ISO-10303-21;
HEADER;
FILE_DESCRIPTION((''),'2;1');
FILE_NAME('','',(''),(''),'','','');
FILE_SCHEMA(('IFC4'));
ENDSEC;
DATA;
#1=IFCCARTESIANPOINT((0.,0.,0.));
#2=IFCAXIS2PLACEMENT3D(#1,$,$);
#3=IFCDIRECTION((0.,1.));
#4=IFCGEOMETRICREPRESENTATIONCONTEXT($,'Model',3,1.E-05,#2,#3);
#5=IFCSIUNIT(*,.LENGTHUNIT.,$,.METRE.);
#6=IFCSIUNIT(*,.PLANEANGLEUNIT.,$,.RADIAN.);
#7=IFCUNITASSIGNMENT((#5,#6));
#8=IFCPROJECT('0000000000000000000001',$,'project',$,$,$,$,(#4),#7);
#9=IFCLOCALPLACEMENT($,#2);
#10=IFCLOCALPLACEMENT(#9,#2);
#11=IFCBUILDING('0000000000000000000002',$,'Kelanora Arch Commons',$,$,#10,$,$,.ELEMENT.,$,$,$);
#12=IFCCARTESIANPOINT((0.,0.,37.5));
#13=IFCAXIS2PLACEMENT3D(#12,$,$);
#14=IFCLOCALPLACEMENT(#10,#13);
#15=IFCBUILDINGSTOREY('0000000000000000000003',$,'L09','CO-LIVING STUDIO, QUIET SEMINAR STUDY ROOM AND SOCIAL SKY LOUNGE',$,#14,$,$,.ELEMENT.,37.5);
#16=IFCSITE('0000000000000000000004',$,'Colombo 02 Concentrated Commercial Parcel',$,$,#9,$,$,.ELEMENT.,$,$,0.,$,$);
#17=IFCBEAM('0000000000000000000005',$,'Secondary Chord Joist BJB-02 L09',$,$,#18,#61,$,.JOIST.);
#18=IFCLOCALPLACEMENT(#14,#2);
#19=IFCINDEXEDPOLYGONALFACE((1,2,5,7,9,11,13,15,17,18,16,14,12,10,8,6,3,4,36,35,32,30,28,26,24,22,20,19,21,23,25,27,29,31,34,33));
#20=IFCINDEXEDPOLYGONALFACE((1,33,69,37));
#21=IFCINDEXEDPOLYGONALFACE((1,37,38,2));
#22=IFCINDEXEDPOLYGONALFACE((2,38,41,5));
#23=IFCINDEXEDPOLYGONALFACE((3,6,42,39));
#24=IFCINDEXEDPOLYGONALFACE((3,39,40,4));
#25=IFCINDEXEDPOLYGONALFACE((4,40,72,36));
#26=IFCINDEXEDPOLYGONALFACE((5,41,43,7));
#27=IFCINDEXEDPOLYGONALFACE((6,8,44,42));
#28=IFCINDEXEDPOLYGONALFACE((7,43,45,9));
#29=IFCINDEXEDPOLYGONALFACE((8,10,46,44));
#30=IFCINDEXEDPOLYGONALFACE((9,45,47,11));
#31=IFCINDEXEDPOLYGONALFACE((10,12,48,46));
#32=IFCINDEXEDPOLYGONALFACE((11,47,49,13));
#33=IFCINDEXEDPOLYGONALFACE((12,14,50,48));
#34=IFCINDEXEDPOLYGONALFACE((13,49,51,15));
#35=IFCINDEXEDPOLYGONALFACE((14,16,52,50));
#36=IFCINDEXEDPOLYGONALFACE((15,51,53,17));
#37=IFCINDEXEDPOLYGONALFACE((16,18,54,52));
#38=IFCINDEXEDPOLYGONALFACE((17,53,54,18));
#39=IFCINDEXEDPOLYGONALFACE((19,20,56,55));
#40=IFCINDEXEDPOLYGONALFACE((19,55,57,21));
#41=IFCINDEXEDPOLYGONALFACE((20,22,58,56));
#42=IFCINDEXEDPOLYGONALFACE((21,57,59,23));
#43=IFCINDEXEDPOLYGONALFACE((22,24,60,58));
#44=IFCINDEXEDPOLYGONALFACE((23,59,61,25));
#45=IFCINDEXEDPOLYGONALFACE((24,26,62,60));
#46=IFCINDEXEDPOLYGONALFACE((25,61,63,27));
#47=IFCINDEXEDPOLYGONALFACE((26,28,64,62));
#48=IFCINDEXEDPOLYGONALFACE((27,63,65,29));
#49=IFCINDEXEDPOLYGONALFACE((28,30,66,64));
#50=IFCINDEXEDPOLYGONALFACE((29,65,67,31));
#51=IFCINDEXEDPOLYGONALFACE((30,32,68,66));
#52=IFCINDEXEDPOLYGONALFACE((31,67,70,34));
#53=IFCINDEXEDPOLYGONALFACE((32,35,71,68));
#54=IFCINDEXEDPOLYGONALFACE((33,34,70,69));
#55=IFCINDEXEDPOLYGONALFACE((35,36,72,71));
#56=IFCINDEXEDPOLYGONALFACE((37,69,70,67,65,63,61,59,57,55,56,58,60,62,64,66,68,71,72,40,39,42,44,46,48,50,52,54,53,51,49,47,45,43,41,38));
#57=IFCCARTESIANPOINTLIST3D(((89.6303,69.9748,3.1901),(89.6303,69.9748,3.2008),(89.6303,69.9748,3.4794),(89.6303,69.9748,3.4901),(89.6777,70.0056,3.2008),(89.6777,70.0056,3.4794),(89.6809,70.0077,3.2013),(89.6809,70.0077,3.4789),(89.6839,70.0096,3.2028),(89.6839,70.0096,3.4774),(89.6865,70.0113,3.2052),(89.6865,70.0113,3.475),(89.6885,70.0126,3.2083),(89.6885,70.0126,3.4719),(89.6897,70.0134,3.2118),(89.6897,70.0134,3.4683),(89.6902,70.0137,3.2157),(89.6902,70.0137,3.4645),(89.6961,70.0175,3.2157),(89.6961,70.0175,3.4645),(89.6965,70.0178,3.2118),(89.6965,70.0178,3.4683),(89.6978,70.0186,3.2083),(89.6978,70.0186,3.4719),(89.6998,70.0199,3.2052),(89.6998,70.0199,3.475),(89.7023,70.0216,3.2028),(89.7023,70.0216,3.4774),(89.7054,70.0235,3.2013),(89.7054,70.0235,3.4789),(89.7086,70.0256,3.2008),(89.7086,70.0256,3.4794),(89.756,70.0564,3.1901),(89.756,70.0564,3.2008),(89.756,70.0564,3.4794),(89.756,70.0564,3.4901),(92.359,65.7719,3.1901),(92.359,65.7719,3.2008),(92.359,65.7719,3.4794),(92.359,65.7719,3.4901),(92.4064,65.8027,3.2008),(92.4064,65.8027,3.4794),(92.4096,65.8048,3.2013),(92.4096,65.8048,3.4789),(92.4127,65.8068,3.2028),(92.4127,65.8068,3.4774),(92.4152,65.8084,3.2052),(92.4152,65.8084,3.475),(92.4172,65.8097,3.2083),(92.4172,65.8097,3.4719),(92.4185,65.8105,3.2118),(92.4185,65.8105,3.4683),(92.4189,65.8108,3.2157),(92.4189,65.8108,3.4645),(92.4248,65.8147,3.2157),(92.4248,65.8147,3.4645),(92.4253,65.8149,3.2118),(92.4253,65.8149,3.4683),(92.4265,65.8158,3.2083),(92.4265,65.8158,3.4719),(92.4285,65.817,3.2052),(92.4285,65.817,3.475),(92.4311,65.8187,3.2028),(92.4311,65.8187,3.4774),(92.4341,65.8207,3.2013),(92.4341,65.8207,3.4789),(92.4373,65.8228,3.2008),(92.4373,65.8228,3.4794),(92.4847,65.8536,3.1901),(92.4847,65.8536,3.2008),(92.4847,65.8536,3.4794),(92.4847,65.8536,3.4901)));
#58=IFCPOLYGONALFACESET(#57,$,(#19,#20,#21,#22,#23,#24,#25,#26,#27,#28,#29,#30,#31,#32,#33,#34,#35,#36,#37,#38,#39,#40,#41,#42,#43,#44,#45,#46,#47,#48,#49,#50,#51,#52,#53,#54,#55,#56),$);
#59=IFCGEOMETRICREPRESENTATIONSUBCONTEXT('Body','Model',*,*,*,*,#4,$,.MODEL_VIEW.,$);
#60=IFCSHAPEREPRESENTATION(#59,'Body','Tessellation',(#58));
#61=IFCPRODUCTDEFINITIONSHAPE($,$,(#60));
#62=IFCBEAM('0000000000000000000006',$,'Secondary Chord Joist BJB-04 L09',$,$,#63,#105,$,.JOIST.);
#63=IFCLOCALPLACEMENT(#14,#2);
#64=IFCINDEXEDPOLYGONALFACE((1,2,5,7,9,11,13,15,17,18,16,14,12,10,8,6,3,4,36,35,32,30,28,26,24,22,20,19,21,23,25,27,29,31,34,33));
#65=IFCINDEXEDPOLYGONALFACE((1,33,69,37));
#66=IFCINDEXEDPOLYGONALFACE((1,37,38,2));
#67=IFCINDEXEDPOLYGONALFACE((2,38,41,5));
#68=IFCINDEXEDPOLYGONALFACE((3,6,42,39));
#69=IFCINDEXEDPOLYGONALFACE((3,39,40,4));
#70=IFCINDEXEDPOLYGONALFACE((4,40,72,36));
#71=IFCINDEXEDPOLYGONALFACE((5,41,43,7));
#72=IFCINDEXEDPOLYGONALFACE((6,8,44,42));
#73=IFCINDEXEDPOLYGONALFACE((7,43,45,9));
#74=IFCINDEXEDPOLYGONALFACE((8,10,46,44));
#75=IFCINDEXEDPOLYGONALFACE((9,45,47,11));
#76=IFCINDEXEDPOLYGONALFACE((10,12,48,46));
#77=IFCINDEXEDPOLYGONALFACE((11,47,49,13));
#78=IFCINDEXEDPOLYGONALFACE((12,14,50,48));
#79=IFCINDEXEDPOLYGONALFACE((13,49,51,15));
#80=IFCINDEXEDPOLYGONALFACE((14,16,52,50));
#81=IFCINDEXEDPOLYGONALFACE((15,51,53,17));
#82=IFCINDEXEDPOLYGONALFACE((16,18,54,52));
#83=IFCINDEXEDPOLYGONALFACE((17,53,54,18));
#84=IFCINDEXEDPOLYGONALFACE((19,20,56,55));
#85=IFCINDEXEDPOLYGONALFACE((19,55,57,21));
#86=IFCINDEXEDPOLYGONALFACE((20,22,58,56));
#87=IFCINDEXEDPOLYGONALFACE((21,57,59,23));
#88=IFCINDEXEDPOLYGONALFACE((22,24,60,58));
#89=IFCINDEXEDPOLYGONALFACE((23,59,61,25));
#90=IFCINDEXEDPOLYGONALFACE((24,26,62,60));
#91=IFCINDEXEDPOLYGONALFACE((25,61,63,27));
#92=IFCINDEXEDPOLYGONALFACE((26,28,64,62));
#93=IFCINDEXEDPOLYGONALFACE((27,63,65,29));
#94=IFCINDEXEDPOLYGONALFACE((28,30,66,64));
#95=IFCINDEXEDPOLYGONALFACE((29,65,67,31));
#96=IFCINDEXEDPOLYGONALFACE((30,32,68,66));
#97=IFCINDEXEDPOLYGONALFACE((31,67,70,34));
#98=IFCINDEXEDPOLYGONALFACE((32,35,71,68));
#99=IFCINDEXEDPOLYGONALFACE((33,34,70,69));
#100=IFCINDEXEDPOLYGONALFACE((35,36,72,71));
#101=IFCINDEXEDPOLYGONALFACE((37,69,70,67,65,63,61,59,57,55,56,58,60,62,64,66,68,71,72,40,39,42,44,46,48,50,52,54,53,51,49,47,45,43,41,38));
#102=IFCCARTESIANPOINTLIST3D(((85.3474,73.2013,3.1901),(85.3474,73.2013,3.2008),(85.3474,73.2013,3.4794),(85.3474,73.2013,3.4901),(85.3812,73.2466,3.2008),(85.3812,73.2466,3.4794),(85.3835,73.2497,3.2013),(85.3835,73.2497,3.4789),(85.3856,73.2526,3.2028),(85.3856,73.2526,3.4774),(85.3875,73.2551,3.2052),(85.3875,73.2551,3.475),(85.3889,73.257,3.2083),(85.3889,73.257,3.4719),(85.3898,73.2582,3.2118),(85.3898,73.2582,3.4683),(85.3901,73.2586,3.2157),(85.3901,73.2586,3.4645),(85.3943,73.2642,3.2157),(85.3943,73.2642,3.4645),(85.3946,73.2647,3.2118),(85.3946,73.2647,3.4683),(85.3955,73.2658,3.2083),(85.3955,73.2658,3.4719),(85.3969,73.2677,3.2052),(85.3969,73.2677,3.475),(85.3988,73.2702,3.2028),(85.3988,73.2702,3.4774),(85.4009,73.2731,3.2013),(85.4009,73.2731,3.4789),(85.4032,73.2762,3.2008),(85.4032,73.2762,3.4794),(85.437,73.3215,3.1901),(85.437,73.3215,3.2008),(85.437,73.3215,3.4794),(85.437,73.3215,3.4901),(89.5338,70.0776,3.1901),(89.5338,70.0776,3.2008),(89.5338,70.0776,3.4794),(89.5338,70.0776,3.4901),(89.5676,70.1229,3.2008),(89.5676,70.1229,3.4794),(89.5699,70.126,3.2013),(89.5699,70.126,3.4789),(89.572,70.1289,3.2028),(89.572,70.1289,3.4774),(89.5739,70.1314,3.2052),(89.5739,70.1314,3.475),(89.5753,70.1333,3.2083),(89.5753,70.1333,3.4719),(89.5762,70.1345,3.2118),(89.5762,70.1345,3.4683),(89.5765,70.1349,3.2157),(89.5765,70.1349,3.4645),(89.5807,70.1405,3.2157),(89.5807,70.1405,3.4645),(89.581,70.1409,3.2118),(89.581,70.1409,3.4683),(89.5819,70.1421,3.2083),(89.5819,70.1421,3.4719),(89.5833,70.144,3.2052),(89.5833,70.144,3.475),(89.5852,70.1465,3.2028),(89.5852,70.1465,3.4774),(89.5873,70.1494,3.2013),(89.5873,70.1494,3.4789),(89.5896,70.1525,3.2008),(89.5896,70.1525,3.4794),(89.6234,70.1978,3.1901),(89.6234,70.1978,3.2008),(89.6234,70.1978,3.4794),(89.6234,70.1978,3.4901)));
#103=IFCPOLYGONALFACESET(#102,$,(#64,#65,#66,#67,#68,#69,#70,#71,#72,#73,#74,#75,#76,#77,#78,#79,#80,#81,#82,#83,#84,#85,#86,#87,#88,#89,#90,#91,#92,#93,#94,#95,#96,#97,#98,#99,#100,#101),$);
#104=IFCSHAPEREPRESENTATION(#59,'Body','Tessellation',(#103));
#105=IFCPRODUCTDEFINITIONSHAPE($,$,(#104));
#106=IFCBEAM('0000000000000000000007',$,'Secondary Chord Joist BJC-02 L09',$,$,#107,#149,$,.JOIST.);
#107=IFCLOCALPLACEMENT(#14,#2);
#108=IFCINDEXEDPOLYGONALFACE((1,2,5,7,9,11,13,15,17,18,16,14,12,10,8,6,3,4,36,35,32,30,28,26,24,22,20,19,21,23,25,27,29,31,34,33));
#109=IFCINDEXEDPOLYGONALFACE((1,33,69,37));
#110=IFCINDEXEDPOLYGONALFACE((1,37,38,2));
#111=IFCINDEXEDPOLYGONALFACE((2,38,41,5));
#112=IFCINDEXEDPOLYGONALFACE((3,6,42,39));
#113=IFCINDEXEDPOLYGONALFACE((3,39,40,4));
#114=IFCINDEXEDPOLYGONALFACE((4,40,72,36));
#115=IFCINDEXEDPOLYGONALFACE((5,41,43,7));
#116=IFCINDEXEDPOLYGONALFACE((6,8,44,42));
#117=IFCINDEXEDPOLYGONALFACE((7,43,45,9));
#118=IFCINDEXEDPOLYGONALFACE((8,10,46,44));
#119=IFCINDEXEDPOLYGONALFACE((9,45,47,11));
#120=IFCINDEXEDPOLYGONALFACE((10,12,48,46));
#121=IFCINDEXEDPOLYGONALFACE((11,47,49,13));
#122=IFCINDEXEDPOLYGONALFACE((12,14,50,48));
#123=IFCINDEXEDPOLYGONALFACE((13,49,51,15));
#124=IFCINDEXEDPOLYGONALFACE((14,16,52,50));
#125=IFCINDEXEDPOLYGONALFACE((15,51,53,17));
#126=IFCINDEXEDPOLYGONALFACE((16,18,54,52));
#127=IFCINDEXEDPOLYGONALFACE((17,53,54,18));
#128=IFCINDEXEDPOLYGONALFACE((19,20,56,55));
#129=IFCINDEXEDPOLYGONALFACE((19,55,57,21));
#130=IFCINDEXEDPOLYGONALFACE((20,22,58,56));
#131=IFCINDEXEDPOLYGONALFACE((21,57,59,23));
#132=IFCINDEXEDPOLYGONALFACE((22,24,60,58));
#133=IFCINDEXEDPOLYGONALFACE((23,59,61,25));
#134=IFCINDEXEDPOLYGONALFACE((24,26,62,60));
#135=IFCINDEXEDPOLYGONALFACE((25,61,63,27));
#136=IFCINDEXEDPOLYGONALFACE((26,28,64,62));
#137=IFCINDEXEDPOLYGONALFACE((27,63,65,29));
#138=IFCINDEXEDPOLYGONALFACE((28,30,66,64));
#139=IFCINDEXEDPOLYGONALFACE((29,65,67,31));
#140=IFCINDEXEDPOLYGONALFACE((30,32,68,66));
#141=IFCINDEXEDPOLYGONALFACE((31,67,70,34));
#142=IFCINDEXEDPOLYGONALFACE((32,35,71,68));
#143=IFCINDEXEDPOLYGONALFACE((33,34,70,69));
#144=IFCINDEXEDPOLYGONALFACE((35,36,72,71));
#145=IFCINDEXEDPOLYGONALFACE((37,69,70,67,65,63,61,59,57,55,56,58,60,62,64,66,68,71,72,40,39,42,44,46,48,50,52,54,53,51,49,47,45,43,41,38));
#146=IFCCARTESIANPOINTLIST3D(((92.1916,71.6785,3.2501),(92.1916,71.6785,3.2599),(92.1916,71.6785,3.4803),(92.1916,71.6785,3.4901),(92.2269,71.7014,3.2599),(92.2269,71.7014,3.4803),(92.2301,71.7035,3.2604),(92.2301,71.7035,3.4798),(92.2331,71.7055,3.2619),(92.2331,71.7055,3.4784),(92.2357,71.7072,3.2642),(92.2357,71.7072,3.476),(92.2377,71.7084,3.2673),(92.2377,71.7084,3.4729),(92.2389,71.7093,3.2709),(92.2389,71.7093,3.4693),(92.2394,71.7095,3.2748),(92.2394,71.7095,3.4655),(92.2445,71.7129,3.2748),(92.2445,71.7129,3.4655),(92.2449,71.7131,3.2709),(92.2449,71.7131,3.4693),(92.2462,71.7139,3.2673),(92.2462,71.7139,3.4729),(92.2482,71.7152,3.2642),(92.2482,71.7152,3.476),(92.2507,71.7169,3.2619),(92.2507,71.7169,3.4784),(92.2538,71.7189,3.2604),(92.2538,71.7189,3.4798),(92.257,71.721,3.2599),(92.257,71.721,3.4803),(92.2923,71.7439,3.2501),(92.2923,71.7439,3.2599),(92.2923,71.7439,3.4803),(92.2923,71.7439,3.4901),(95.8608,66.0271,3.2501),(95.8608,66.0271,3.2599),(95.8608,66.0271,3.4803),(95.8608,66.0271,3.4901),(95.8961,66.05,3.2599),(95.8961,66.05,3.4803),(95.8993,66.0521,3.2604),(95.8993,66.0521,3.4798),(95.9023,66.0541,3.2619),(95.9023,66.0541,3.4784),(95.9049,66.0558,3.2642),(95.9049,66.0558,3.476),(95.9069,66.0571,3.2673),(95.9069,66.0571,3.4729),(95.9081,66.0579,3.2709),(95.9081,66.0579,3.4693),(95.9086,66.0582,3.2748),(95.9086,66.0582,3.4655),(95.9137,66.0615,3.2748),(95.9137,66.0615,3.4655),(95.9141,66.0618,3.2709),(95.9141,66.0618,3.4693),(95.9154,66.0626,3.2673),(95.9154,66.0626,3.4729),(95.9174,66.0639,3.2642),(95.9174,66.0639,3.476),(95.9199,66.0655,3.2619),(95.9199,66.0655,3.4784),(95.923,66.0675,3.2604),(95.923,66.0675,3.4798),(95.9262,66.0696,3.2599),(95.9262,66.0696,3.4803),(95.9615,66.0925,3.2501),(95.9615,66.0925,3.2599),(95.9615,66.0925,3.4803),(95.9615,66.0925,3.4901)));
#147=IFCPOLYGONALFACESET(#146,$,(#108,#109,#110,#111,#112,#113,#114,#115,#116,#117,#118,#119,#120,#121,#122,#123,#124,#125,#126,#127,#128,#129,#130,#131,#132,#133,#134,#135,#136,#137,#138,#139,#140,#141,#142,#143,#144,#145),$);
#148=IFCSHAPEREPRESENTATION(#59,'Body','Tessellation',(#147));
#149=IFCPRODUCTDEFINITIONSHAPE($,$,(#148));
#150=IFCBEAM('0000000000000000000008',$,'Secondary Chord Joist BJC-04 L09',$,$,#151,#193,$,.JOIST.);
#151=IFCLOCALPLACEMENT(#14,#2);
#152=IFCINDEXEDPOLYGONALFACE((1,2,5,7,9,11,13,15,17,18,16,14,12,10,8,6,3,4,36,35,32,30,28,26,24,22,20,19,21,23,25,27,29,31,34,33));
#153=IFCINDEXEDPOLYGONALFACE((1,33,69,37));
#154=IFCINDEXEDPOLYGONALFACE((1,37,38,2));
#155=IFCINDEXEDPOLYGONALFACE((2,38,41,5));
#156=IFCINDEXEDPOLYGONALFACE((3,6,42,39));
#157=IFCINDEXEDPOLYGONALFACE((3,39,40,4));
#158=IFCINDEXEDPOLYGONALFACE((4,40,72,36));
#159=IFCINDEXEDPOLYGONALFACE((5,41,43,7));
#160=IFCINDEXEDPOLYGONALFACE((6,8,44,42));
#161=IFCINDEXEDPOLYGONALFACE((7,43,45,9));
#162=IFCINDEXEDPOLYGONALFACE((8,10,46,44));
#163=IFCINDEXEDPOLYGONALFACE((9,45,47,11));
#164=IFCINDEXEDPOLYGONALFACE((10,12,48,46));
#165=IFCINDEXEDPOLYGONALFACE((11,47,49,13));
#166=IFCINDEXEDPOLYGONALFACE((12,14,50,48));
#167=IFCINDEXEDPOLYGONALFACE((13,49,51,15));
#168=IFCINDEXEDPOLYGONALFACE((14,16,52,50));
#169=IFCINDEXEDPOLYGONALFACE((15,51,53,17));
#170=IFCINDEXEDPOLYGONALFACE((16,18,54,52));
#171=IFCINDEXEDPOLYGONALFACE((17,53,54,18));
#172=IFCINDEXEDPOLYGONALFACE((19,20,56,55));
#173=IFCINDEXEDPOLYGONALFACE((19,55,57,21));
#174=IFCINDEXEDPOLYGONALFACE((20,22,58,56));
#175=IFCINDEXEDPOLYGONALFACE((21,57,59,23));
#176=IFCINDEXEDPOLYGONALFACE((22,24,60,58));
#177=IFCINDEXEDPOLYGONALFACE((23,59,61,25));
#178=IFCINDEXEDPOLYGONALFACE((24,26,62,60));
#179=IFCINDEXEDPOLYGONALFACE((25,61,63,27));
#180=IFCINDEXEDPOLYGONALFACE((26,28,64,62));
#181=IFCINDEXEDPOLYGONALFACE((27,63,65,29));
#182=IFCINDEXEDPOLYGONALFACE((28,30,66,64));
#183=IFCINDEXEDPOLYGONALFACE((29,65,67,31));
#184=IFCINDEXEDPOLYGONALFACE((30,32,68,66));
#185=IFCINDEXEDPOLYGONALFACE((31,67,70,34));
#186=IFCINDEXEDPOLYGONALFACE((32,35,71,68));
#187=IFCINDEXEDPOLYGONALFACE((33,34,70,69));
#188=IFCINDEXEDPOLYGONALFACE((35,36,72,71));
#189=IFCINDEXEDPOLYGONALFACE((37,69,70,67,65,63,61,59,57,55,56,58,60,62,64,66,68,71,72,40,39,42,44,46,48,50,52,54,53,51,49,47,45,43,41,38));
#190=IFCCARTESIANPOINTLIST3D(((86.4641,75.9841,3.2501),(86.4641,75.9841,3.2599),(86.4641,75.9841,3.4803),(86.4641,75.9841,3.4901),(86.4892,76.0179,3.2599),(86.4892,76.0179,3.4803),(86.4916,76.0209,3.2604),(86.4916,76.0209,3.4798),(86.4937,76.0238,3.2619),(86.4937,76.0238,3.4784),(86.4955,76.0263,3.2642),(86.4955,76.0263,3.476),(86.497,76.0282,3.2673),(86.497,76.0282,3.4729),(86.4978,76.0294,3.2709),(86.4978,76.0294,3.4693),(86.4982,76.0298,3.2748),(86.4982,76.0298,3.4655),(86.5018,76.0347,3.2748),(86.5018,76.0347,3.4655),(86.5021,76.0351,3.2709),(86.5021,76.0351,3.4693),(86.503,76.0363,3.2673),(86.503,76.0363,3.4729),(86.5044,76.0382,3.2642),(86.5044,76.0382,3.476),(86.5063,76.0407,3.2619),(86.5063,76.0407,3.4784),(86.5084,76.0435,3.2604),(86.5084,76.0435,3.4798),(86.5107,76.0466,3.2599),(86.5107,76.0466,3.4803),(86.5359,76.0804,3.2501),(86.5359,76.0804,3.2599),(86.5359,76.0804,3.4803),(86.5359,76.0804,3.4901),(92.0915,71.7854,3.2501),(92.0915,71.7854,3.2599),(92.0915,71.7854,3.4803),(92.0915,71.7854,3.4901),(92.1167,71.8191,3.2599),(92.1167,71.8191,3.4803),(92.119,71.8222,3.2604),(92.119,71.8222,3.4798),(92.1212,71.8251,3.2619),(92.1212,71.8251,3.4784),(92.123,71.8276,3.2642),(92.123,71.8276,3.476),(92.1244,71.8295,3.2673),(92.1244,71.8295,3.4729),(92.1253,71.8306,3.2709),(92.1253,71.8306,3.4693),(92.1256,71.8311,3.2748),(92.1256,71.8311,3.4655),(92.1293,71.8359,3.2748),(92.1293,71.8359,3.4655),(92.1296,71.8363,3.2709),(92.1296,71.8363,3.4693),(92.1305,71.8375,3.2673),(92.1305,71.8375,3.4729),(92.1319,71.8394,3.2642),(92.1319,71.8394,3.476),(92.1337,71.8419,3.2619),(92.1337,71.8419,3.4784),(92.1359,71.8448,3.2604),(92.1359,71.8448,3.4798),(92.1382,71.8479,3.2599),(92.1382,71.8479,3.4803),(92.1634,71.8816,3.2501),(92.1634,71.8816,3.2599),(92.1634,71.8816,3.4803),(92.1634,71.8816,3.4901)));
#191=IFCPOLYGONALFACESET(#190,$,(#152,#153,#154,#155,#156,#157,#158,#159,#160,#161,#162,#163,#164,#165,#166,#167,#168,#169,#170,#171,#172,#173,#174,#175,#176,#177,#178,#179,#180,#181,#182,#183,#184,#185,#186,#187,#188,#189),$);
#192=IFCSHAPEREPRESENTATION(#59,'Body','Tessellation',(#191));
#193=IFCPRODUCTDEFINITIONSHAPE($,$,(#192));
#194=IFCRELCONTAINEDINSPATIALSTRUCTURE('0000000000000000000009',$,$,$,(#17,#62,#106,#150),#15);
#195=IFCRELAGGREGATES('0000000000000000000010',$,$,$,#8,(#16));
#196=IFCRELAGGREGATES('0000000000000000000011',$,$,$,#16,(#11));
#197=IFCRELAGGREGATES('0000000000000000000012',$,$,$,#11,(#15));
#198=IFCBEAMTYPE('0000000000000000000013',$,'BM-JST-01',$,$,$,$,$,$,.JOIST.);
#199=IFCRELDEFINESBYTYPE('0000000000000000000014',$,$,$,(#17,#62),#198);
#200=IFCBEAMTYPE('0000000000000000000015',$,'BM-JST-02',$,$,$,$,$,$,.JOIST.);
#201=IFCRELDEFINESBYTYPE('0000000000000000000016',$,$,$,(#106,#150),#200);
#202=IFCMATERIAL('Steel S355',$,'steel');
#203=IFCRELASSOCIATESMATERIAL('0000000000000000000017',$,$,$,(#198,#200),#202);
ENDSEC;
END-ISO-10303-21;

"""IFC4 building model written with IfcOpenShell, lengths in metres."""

from ifc_helpers import new_model, si_unit, direction, frame, origin, origin_2d, place, context, subcontext, project, spatial, i_section, extrude, material, material_profile, profile_set, type_object, element, save


model = new_model("IFC4")

# Units and contexts
model_context = context("Model", 3, precision=1e-05, world=origin(), true_north=direction((0.0, 1.0)))
body_context = subcontext(model_context, "Body", "Model", "MODEL_VIEW")
ifc_project = project(units=[si_unit("LENGTHUNIT", "METRE"), si_unit("PLANEANGLEUNIT", "RADIAN")], contexts=[model_context])

# Site, building, storey
site_placement = place(None, origin())
site = spatial("IfcSite", under=ifc_project, at=site_placement, Name="Colombo 02 Concentrated Commercial Parcel", CompositionType="ELEMENT", RefElevation=0.0)
building_placement = place(site_placement, origin())
building = spatial("IfcBuilding", under=site, at=building_placement, Name="Kelanora Arch Commons", CompositionType="ELEMENT")
storey_placement = place(building_placement, frame((0.0, 0.0, 37.5)))
storey = spatial("IfcBuildingStorey", under=building, at=storey_placement, Name="L09", Description="CO-LIVING STUDIO, QUIET SEMINAR STUDY ROOM AND SOCIAL SKY LOUNGE", CompositionType="ELEMENT", Elevation=37.5)

# Beams
ifc_material_1 = material(Name="Steel S355", Category="steel")
ifc_material_profile_1 = material_profile(ifc_material_1, i_section(OverallWidth=0.1499, OverallDepth=0.3, WebThickness=0.0071, FlangeThickness=0.0107, FilletRadius=0.0149, at=origin_2d()), Name="IPE300")
ifc_profile_set_1 = profile_set([ifc_material_profile_1], Name="Steel S355")
beam_type_1 = type_object("IfcBeamType", Name="BM-JST-01", PredefinedType="JOIST", material=ifc_profile_set_1)
beam_1_placement = place(storey_placement, frame((92.4219, 65.8127, 3.3401), z_axis=(-0.544552, 0.838727, 0.0), x_axis=(-0.838727, -0.544552, 0.0)))
element("IfcBeam", 1, at=beam_1_placement, inside=storey, type_object=beam_type_1, Name="Secondary Chord Joist BJB-02 L09", PredefinedType="JOIST", context=body_context, shape_type="SweptSolid", body=[
    extrude(i_section(OverallWidth=0.1499, OverallDepth=0.3, WebThickness=0.0071, FlangeThickness=0.0107, FilletRadius=0.0149, at=origin_2d()), origin(), (0.0, 0.0, 1.0), 5.011),
])
beam_2_placement = place(storey_placement, frame((89.5786, 70.1377, 3.3401), z_axis=(-0.801478, 0.598024, 0.0), x_axis=(-0.598024, -0.801478, 0.0)))
element("IfcBeam", 2, at=beam_2_placement, inside=storey, type_object=beam_type_1, Name="Secondary Chord Joist BJB-04 L09", PredefinedType="JOIST", context=body_context, shape_type="SweptSolid", body=[
    extrude(i_section(OverallWidth=0.1499, OverallDepth=0.3, WebThickness=0.0071, FlangeThickness=0.0107, FilletRadius=0.0149, at=origin_2d()), origin(), (0.0, 0.0, 1.0), 5.2234),
])
ifc_material_profile_2 = material_profile(ifc_material_1, i_section(OverallWidth=0.1201, OverallDepth=0.24, WebThickness=0.0061, FlangeThickness=0.0098, FilletRadius=0.0149, at=origin_2d()), Name="IPE240")
ifc_profile_set_2 = profile_set([ifc_material_profile_2], Name="Steel S355")
beam_type_2 = type_object("IfcBeamType", Name="BM-JST-02", PredefinedType="JOIST", material=ifc_profile_set_2)
beam_3_placement = place(storey_placement, frame((95.9111, 66.0598, 3.3701), z_axis=(-0.54455, 0.838728, 0.0), x_axis=(-0.838728, -0.54455, 0.0)))
element("IfcBeam", 3, at=beam_3_placement, inside=storey, type_object=beam_type_2, Name="Secondary Chord Joist BJC-02 L09", PredefinedType="JOIST", context=body_context, shape_type="SweptSolid", body=[
    extrude(i_section(OverallWidth=0.1201, OverallDepth=0.24, WebThickness=0.0061, FlangeThickness=0.0098, FilletRadius=0.0149, at=origin_2d()), origin(), (0.0, 0.0, 1.0), 6.738),
])
beam_4_placement = place(storey_placement, frame((92.1274, 71.8335, 3.3701), z_axis=(-0.801491, 0.598006, 0.0), x_axis=(-0.598006, -0.801491, 0.0)))
element("IfcBeam", 4, at=beam_4_placement, inside=storey, type_object=beam_type_2, Name="Secondary Chord Joist BJC-04 L09", PredefinedType="JOIST", context=body_context, shape_type="SweptSolid", body=[
    extrude(i_section(OverallWidth=0.1201, OverallDepth=0.24, WebThickness=0.0061, FlangeThickness=0.0098, FilletRadius=0.0149, at=origin_2d()), origin(), (0.0, 0.0, 1.0), 7.0212),
])

save(model, "model.ifc")
